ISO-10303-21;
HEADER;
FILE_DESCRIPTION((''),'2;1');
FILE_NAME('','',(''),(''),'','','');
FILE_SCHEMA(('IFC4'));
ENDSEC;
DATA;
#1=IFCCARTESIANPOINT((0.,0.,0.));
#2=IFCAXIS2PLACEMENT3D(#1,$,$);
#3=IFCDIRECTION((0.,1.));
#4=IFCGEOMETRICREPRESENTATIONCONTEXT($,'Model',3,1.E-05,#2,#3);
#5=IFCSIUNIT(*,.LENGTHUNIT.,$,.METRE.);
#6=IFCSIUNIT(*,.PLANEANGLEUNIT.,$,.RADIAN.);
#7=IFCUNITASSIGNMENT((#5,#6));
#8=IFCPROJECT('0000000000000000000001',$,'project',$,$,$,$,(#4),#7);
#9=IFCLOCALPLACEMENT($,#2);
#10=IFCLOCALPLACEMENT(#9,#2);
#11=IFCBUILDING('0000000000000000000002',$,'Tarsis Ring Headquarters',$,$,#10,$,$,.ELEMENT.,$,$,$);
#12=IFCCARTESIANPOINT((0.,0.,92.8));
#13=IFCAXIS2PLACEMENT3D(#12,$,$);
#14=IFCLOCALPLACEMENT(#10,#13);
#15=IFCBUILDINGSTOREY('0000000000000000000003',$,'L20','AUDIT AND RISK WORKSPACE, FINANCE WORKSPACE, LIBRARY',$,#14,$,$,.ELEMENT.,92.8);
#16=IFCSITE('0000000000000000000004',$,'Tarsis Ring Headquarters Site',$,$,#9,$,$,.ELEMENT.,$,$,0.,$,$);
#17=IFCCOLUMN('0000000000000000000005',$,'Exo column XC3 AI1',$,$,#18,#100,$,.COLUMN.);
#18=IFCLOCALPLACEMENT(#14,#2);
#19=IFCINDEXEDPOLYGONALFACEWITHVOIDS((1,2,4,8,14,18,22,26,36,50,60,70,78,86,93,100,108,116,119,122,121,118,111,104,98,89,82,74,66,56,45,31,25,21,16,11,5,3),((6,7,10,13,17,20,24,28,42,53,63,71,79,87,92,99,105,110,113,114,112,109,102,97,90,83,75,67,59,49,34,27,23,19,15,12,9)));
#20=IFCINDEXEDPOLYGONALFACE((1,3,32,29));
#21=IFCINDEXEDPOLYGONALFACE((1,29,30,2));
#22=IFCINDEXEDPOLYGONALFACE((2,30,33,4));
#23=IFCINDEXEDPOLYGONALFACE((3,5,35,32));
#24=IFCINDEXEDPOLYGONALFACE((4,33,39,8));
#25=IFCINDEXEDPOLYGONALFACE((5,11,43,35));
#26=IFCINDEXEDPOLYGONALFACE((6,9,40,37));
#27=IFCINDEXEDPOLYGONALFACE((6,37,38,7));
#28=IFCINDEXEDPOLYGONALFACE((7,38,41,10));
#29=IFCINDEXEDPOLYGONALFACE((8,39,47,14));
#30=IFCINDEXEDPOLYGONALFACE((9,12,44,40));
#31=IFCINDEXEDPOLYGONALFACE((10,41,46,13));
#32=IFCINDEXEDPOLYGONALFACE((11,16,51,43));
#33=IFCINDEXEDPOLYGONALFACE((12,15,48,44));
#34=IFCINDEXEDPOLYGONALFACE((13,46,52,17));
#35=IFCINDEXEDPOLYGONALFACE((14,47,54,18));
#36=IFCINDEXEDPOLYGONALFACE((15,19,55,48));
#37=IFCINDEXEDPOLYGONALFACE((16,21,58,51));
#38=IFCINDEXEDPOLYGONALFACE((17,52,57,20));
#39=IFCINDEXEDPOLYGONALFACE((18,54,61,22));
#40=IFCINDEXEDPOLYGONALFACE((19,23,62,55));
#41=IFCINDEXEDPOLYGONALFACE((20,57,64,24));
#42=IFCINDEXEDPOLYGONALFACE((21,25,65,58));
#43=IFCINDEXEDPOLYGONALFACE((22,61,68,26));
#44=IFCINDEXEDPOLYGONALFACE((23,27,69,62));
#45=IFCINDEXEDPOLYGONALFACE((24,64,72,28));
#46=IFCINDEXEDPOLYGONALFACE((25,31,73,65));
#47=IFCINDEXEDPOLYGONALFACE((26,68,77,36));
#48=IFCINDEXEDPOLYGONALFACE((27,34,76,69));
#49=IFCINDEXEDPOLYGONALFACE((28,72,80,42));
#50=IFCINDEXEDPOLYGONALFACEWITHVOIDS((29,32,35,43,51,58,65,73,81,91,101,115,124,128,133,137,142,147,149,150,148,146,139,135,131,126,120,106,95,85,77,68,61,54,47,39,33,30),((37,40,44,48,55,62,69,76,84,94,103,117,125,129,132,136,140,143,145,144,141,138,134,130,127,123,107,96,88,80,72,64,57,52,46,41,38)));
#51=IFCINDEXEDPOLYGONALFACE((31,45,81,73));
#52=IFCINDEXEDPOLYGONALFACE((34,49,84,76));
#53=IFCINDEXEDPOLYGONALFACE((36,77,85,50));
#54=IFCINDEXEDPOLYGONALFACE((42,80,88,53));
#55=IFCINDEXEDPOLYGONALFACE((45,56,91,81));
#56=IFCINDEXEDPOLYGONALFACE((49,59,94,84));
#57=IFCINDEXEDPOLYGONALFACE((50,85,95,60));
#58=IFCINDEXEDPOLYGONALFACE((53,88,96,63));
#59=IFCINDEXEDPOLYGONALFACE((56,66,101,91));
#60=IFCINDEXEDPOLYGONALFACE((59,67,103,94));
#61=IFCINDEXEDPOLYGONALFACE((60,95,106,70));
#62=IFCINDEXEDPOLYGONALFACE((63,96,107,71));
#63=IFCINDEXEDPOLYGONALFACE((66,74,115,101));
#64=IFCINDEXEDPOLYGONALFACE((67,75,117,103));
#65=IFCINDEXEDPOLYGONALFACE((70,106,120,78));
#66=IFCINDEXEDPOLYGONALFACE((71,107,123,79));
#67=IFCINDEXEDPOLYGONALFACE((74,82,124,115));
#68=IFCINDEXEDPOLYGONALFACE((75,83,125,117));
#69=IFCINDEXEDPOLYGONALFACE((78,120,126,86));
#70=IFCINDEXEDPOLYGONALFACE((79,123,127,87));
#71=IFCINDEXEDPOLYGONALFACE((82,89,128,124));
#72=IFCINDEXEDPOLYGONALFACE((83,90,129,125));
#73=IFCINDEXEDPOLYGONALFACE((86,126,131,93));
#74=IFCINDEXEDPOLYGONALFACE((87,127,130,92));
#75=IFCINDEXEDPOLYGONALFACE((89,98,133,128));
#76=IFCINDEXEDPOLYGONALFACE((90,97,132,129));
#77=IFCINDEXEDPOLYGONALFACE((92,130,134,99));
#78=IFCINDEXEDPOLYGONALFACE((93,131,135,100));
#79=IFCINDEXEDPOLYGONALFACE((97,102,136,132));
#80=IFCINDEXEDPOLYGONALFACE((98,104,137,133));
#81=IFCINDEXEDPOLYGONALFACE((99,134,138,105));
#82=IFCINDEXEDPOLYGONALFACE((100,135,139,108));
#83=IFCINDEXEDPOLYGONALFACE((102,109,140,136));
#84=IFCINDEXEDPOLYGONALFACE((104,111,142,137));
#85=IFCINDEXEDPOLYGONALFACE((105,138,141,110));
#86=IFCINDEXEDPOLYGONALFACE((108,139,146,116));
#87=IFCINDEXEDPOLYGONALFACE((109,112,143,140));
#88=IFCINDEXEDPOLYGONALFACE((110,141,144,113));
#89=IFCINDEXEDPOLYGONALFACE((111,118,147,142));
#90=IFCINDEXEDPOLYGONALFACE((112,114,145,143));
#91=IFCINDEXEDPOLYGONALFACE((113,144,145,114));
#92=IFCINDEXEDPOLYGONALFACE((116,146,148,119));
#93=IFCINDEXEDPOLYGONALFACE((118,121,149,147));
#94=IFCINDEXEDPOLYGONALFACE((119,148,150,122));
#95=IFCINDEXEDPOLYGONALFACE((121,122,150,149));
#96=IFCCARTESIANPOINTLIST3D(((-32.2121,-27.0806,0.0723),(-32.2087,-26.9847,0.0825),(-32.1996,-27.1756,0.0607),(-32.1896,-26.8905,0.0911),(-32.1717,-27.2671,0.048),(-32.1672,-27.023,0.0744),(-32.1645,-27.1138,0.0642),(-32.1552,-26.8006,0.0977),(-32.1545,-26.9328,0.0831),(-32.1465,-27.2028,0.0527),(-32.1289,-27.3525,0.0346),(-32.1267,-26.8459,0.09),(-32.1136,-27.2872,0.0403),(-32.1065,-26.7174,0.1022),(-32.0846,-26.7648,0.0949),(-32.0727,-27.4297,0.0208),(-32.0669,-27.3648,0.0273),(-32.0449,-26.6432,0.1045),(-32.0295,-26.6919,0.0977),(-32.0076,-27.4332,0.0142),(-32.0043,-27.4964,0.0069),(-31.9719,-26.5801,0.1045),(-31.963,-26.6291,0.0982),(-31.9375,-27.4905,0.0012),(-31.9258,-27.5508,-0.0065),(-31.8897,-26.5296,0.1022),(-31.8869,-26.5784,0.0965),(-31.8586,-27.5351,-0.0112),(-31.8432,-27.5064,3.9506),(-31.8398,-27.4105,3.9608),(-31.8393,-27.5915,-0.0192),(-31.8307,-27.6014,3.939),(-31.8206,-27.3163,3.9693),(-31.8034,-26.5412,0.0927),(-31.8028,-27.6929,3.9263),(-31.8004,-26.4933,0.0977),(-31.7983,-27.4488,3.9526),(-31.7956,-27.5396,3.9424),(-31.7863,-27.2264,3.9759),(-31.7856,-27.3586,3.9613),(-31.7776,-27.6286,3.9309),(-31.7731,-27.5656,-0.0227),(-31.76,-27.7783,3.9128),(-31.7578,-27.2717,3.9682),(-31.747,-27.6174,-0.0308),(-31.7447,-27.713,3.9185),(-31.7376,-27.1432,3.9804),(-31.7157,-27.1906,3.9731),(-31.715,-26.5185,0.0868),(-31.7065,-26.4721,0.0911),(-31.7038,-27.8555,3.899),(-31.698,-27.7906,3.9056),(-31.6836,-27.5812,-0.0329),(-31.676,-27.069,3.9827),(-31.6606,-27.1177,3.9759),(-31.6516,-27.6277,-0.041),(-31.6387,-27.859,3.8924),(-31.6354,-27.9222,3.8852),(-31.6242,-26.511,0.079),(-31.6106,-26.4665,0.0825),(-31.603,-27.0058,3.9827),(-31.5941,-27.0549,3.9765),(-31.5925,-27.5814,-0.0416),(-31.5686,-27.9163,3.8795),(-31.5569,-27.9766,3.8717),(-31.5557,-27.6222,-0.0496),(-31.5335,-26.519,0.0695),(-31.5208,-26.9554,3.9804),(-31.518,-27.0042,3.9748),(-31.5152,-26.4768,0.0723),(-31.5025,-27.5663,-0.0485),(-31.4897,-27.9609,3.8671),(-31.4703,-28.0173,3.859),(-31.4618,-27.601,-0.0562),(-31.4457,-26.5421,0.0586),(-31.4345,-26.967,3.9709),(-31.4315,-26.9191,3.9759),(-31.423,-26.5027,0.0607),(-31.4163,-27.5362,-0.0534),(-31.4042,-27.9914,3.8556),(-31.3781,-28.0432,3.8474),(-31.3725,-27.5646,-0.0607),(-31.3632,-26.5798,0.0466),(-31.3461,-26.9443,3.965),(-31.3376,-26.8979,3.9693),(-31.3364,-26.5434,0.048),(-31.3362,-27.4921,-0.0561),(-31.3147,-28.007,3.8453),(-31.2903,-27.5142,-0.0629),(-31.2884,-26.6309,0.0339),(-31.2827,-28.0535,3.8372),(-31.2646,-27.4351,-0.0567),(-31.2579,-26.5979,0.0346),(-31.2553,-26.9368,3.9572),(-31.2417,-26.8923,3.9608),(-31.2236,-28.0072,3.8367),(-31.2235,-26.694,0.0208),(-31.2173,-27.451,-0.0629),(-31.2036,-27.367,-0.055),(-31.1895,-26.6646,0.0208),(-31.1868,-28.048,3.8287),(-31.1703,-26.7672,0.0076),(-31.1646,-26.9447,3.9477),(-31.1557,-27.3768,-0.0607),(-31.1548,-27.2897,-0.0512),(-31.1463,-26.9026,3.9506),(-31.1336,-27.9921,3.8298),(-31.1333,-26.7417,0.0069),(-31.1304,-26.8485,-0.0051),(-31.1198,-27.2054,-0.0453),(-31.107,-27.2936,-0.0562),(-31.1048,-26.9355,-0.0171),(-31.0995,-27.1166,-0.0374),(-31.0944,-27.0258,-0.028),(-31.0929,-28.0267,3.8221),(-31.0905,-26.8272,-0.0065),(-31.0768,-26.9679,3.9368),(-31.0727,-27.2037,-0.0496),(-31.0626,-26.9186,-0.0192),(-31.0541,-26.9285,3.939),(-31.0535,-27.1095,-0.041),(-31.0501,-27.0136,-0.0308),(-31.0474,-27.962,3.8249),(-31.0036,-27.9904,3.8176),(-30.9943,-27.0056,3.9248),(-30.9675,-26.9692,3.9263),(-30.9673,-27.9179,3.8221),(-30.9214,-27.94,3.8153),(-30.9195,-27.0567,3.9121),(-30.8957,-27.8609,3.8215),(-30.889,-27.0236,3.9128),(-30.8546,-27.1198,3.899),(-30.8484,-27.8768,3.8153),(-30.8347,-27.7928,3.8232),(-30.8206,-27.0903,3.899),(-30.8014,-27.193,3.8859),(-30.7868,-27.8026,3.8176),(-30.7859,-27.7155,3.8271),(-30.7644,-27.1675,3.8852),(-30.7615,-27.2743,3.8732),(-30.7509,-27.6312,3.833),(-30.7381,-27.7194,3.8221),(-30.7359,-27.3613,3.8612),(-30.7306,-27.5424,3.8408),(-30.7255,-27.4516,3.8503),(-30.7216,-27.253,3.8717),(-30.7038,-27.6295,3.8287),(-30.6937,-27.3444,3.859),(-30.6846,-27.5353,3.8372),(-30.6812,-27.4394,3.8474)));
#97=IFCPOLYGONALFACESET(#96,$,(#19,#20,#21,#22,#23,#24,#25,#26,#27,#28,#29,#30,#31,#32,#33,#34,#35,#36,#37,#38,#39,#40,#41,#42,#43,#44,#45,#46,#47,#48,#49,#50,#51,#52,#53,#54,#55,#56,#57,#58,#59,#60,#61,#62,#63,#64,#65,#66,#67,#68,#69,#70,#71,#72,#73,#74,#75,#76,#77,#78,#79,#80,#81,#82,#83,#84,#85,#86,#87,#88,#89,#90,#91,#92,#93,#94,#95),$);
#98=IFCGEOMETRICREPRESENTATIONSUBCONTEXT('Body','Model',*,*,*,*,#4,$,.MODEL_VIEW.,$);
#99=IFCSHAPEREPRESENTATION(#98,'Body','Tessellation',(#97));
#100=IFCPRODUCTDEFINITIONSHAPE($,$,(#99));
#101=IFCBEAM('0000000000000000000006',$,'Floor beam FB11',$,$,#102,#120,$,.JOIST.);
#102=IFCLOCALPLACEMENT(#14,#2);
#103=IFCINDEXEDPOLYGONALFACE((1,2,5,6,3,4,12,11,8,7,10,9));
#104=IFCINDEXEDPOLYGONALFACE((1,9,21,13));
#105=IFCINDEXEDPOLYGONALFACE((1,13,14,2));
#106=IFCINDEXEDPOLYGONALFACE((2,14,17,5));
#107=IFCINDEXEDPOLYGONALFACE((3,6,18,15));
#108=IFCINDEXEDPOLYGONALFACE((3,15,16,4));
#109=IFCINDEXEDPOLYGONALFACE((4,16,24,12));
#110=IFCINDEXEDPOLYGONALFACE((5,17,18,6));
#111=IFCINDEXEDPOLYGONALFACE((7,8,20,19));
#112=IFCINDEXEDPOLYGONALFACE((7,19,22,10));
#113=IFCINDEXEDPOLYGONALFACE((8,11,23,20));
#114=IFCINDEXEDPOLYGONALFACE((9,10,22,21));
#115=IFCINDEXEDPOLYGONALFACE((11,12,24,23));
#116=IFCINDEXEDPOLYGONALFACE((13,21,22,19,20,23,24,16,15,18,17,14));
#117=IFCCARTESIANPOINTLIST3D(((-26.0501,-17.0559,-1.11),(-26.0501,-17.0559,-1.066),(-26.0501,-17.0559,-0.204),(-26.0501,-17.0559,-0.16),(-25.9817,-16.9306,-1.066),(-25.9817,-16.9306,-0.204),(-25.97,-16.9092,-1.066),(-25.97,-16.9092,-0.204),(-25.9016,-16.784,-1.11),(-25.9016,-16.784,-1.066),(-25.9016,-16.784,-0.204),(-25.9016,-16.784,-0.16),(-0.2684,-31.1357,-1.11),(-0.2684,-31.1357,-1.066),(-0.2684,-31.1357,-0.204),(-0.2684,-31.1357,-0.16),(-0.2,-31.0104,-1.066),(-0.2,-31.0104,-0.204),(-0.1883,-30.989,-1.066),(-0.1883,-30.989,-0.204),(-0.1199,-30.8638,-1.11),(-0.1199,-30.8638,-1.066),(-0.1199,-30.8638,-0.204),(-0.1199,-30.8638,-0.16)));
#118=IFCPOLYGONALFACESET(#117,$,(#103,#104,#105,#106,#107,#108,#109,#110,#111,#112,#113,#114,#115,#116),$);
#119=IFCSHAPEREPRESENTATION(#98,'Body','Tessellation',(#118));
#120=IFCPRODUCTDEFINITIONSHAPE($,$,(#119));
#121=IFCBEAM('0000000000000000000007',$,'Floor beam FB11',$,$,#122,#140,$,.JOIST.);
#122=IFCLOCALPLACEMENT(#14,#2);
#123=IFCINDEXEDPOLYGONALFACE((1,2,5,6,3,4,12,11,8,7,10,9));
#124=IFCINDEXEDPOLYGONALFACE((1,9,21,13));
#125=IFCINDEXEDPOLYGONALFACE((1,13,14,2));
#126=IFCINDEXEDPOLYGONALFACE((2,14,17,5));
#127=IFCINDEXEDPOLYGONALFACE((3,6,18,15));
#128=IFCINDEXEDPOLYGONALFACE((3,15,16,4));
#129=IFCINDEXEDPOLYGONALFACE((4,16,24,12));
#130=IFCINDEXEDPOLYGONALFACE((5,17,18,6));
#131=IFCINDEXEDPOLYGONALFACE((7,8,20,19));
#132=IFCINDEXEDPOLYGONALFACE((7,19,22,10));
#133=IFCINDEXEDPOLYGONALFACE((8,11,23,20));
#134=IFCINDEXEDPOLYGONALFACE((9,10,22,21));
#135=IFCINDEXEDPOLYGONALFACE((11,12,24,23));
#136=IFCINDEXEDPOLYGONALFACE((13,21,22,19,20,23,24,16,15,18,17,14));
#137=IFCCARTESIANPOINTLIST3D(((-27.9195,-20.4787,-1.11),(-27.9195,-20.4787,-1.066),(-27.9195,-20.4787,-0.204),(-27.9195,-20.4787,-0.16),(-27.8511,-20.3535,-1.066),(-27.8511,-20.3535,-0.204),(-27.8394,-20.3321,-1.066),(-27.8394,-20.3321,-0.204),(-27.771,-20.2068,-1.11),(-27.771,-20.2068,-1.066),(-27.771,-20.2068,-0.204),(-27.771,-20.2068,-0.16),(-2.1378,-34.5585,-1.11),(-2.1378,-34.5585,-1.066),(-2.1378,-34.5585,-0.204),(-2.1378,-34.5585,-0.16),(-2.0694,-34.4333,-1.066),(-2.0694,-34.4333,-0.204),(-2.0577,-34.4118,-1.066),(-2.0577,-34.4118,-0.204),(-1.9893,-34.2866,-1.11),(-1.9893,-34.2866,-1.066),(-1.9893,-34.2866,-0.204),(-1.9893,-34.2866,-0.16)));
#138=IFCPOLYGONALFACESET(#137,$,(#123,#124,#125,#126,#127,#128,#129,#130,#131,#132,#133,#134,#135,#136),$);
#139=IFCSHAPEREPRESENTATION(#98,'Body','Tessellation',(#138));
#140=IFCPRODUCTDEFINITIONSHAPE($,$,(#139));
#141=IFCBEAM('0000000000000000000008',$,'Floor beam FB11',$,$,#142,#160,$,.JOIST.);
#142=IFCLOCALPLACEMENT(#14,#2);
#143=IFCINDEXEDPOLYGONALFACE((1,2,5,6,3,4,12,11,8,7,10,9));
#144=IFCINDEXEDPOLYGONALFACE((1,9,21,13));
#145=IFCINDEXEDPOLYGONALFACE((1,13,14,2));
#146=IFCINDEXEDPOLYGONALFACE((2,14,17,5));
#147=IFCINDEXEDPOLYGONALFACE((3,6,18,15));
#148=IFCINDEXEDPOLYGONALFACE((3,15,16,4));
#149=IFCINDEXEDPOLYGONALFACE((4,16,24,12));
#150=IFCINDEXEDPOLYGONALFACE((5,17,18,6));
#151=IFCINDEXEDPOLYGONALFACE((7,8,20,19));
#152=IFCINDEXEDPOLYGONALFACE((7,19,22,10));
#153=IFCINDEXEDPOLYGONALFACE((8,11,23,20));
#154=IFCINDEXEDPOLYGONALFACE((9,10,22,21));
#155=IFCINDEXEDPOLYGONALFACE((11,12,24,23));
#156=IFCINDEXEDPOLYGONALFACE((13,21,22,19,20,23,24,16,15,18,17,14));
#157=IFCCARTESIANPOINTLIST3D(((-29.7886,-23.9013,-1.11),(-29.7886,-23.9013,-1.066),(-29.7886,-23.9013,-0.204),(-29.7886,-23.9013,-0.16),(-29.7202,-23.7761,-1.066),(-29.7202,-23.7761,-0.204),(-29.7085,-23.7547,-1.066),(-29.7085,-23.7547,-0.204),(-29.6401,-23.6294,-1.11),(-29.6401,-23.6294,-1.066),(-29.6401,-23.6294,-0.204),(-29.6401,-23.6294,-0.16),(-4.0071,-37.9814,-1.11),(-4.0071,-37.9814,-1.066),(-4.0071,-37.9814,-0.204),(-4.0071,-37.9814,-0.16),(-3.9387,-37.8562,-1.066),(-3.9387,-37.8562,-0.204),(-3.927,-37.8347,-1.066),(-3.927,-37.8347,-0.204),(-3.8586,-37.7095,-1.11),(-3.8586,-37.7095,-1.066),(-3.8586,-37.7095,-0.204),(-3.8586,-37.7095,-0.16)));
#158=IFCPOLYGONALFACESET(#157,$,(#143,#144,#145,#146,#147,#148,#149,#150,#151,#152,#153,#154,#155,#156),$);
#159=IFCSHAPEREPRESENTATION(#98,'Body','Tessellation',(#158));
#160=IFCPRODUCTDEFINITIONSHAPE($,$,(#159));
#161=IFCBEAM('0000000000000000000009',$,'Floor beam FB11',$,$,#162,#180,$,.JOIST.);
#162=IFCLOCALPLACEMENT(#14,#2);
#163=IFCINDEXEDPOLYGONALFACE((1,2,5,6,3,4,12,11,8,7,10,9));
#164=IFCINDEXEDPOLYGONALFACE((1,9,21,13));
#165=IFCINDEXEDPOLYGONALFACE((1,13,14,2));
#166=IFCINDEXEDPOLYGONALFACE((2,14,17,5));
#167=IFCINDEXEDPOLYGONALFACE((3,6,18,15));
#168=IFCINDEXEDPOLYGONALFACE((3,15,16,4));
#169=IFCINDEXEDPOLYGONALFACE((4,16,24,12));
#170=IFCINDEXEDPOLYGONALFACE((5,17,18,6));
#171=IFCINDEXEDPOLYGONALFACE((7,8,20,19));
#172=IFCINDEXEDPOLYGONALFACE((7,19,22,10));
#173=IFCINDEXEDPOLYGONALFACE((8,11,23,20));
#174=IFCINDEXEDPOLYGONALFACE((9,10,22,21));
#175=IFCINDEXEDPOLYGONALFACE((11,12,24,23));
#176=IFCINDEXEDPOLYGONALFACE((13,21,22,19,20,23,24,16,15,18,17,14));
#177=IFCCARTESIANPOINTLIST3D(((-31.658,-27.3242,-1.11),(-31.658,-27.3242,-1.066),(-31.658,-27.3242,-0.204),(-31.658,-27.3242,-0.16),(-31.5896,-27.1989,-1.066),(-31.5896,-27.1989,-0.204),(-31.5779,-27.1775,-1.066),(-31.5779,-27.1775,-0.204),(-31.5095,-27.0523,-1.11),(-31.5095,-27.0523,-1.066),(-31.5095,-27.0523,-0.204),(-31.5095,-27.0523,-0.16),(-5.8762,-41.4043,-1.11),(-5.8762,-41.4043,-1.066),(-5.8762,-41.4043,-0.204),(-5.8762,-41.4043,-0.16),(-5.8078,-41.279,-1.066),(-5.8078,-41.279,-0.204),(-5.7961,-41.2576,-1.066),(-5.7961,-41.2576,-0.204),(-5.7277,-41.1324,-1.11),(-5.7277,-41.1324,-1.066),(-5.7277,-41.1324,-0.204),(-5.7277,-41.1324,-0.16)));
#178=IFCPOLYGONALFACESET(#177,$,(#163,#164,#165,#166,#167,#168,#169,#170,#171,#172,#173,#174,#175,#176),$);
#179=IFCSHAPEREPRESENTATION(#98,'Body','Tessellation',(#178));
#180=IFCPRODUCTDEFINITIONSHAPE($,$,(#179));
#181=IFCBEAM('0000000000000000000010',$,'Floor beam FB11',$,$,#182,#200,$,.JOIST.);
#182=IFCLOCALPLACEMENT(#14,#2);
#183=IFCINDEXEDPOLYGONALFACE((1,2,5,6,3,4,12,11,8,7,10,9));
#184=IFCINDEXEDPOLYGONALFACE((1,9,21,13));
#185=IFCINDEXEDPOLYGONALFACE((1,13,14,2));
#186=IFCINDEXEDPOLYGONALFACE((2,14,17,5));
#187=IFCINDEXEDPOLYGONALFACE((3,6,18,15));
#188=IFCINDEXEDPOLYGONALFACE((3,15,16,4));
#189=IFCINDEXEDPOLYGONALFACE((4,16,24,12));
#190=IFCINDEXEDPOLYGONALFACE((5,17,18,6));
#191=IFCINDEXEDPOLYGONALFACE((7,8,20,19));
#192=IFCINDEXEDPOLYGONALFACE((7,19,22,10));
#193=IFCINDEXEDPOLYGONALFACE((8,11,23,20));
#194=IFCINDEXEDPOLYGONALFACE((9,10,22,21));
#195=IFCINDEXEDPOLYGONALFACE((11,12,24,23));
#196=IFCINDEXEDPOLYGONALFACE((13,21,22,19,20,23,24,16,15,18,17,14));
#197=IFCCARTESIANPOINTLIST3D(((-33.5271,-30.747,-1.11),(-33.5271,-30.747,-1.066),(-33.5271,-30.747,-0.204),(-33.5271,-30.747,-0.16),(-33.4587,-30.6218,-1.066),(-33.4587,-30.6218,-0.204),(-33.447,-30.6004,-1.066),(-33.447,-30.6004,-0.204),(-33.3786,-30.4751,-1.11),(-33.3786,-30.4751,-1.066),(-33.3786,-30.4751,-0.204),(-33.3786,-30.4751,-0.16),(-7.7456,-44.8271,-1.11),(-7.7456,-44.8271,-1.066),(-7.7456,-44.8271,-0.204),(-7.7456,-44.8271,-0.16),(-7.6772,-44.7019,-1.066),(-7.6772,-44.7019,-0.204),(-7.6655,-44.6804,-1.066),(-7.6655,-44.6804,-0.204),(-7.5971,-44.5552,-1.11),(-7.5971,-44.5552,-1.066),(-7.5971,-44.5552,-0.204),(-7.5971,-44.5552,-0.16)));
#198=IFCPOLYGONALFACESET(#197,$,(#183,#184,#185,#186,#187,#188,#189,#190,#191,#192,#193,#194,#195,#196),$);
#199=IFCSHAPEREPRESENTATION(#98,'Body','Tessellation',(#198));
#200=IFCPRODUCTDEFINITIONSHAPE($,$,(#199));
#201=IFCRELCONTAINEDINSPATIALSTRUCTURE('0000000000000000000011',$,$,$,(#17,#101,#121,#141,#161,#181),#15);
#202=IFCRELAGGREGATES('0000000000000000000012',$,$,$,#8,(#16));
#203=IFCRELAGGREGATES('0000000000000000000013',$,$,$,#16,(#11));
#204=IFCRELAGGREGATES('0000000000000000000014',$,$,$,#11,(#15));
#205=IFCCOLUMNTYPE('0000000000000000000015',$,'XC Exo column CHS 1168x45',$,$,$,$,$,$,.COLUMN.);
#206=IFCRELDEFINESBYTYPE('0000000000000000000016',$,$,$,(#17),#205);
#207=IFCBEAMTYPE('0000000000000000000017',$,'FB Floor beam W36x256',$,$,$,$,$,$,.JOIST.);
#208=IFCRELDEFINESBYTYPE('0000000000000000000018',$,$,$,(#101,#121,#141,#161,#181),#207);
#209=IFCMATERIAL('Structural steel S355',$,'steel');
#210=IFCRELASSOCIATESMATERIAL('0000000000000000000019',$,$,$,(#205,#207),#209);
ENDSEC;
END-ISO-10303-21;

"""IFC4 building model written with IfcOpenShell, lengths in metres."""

from ifc_helpers import new_model, si_unit, direction, frame, origin, origin_2d, place, context, subcontext, project, spatial, hollow_circle, i_section, extrude, material, material_profile, profile_set, type_object, element, save


model = new_model("IFC4")

# Units and contexts
model_context = context("Model", 3, precision=1e-05, world=origin(), true_north=direction((0.0, 1.0)))
body_context = subcontext(model_context, "Body", "Model", "MODEL_VIEW")
ifc_project = project(units=[si_unit("LENGTHUNIT", "METRE"), si_unit("PLANEANGLEUNIT", "RADIAN")], contexts=[model_context])

# Site, building, storey
site_placement = place(None, origin())
site = spatial("IfcSite", under=ifc_project, at=site_placement, Name="Tarsis Ring Headquarters Site", CompositionType="ELEMENT", RefElevation=0.0)
building_placement = place(site_placement, origin())
building = spatial("IfcBuilding", under=site, at=building_placement, Name="Tarsis Ring Headquarters", CompositionType="ELEMENT")
storey_placement = place(building_placement, frame((0.0, 0.0, 92.8)))
storey = spatial("IfcBuildingStorey", under=building, at=storey_placement, Name="L20", Description="AUDIT AND RISK WORKSPACE, FINANCE WORKSPACE, LIBRARY", CompositionType="ELEMENT", Elevation=92.8)

# Column
ifc_material_1 = material(Name="Structural steel S355", Category="steel")
ifc_material_profile_1 = material_profile(ifc_material_1, hollow_circle(Radius=0.5842, WallThickness=0.0449, at=origin_2d()), Name="CHS 1168x45")
ifc_profile_set_1 = profile_set([ifc_material_profile_1], Name="Structural steel S355")
column_type = type_object("IfcColumnType", Name="XC Exo column CHS 1168x45", PredefinedType="COLUMN", material=ifc_profile_set_1)
column_placement = place(storey_placement, frame((-31.6311, -27.0471, 0.0208), z_axis=(0.094133, -0.108649, 0.989613), x_axis=(0.755789, 0.654815, 0.0)))
element("IfcColumn", 1, at=column_placement, inside=storey, type_object=column_type, Name="Exo column XC3 AI1", PredefinedType="COLUMN", context=body_context, shape_type="SweptSolid", body=[
    extrude(hollow_circle(Radius=0.5842, WallThickness=0.0449, at=origin_2d()), origin(), (0.0, 0.0, 1.0), 3.9189),
])

# Beams
ifc_material_profile_2 = material_profile(ifc_material_1, i_section(OverallWidth=0.3098, OverallDepth=0.95, WebThickness=0.0244, FlangeThickness=0.0439, at=origin_2d()), Name="W36x256")
ifc_profile_set_2 = profile_set([ifc_material_profile_2], Name="Structural steel S355")
beam_type_1 = type_object("IfcBeamType", Name="FB Floor beam W36x256", PredefinedType="JOIST", material=ifc_profile_set_2)
for number, where, z_axis, x_axis, name in (
    (2, (-25.9758, -16.9199, -0.635), (0.877651, -0.4793, 0.0), (0.4793, 0.877651, 0.0), "Floor beam FB11"),
    (3, (-27.8452, -20.3428, -0.635), (0.877651, -0.4793, 0.0), (0.4793, 0.877651, 0.0), "Floor beam FB11"),
    (4, (-29.7144, -23.7654, -0.635), (0.877646, -0.47931, 0.0), (0.47931, 0.877646, 0.0), "Floor beam FB11"),
):
    element("IfcBeam", number, at=place(storey_placement, frame(where, z_axis=z_axis, x_axis=x_axis)), inside=storey, type_object=beam_type_1, Name=name, PredefinedType="JOIST", context=body_context, shape_type="SweptSolid", body=[
        extrude(i_section(OverallWidth=0.3098, OverallDepth=0.95, WebThickness=0.0244, FlangeThickness=0.0439, at=origin_2d()), origin(), (0.0, 0.0, 1.0), 29.3757),
    ])
beam_1_placement = place(storey_placement, frame((-31.5837, -27.1882, -0.635), z_axis=(0.877648, -0.479306, 0.0), x_axis=(0.479306, 0.877648, 0.0)))
element("IfcBeam", 5, at=beam_1_placement, inside=storey, type_object=beam_type_1, Name="Floor beam FB11", PredefinedType="JOIST", context=body_context, shape_type="SweptSolid", body=[
    extrude(i_section(OverallWidth=0.3098, OverallDepth=0.95, WebThickness=0.0244, FlangeThickness=0.0439, at=origin_2d()), origin(), (0.0, 0.0, 1.0), 29.376),
])
beam_2_placement = place(storey_placement, frame((-33.4529, -30.6111, -0.635), z_axis=(0.877646, -0.47931, 0.0), x_axis=(0.47931, 0.877646, 0.0)))
element("IfcBeam", 6, at=beam_2_placement, inside=storey, type_object=beam_type_1, Name="Floor beam FB11", PredefinedType="JOIST", context=body_context, shape_type="SweptSolid", body=[
    extrude(i_section(OverallWidth=0.3098, OverallDepth=0.95, WebThickness=0.0244, FlangeThickness=0.0439, at=origin_2d()), origin(), (0.0, 0.0, 1.0), 29.3757),
])

save(model, "model.ifc")
